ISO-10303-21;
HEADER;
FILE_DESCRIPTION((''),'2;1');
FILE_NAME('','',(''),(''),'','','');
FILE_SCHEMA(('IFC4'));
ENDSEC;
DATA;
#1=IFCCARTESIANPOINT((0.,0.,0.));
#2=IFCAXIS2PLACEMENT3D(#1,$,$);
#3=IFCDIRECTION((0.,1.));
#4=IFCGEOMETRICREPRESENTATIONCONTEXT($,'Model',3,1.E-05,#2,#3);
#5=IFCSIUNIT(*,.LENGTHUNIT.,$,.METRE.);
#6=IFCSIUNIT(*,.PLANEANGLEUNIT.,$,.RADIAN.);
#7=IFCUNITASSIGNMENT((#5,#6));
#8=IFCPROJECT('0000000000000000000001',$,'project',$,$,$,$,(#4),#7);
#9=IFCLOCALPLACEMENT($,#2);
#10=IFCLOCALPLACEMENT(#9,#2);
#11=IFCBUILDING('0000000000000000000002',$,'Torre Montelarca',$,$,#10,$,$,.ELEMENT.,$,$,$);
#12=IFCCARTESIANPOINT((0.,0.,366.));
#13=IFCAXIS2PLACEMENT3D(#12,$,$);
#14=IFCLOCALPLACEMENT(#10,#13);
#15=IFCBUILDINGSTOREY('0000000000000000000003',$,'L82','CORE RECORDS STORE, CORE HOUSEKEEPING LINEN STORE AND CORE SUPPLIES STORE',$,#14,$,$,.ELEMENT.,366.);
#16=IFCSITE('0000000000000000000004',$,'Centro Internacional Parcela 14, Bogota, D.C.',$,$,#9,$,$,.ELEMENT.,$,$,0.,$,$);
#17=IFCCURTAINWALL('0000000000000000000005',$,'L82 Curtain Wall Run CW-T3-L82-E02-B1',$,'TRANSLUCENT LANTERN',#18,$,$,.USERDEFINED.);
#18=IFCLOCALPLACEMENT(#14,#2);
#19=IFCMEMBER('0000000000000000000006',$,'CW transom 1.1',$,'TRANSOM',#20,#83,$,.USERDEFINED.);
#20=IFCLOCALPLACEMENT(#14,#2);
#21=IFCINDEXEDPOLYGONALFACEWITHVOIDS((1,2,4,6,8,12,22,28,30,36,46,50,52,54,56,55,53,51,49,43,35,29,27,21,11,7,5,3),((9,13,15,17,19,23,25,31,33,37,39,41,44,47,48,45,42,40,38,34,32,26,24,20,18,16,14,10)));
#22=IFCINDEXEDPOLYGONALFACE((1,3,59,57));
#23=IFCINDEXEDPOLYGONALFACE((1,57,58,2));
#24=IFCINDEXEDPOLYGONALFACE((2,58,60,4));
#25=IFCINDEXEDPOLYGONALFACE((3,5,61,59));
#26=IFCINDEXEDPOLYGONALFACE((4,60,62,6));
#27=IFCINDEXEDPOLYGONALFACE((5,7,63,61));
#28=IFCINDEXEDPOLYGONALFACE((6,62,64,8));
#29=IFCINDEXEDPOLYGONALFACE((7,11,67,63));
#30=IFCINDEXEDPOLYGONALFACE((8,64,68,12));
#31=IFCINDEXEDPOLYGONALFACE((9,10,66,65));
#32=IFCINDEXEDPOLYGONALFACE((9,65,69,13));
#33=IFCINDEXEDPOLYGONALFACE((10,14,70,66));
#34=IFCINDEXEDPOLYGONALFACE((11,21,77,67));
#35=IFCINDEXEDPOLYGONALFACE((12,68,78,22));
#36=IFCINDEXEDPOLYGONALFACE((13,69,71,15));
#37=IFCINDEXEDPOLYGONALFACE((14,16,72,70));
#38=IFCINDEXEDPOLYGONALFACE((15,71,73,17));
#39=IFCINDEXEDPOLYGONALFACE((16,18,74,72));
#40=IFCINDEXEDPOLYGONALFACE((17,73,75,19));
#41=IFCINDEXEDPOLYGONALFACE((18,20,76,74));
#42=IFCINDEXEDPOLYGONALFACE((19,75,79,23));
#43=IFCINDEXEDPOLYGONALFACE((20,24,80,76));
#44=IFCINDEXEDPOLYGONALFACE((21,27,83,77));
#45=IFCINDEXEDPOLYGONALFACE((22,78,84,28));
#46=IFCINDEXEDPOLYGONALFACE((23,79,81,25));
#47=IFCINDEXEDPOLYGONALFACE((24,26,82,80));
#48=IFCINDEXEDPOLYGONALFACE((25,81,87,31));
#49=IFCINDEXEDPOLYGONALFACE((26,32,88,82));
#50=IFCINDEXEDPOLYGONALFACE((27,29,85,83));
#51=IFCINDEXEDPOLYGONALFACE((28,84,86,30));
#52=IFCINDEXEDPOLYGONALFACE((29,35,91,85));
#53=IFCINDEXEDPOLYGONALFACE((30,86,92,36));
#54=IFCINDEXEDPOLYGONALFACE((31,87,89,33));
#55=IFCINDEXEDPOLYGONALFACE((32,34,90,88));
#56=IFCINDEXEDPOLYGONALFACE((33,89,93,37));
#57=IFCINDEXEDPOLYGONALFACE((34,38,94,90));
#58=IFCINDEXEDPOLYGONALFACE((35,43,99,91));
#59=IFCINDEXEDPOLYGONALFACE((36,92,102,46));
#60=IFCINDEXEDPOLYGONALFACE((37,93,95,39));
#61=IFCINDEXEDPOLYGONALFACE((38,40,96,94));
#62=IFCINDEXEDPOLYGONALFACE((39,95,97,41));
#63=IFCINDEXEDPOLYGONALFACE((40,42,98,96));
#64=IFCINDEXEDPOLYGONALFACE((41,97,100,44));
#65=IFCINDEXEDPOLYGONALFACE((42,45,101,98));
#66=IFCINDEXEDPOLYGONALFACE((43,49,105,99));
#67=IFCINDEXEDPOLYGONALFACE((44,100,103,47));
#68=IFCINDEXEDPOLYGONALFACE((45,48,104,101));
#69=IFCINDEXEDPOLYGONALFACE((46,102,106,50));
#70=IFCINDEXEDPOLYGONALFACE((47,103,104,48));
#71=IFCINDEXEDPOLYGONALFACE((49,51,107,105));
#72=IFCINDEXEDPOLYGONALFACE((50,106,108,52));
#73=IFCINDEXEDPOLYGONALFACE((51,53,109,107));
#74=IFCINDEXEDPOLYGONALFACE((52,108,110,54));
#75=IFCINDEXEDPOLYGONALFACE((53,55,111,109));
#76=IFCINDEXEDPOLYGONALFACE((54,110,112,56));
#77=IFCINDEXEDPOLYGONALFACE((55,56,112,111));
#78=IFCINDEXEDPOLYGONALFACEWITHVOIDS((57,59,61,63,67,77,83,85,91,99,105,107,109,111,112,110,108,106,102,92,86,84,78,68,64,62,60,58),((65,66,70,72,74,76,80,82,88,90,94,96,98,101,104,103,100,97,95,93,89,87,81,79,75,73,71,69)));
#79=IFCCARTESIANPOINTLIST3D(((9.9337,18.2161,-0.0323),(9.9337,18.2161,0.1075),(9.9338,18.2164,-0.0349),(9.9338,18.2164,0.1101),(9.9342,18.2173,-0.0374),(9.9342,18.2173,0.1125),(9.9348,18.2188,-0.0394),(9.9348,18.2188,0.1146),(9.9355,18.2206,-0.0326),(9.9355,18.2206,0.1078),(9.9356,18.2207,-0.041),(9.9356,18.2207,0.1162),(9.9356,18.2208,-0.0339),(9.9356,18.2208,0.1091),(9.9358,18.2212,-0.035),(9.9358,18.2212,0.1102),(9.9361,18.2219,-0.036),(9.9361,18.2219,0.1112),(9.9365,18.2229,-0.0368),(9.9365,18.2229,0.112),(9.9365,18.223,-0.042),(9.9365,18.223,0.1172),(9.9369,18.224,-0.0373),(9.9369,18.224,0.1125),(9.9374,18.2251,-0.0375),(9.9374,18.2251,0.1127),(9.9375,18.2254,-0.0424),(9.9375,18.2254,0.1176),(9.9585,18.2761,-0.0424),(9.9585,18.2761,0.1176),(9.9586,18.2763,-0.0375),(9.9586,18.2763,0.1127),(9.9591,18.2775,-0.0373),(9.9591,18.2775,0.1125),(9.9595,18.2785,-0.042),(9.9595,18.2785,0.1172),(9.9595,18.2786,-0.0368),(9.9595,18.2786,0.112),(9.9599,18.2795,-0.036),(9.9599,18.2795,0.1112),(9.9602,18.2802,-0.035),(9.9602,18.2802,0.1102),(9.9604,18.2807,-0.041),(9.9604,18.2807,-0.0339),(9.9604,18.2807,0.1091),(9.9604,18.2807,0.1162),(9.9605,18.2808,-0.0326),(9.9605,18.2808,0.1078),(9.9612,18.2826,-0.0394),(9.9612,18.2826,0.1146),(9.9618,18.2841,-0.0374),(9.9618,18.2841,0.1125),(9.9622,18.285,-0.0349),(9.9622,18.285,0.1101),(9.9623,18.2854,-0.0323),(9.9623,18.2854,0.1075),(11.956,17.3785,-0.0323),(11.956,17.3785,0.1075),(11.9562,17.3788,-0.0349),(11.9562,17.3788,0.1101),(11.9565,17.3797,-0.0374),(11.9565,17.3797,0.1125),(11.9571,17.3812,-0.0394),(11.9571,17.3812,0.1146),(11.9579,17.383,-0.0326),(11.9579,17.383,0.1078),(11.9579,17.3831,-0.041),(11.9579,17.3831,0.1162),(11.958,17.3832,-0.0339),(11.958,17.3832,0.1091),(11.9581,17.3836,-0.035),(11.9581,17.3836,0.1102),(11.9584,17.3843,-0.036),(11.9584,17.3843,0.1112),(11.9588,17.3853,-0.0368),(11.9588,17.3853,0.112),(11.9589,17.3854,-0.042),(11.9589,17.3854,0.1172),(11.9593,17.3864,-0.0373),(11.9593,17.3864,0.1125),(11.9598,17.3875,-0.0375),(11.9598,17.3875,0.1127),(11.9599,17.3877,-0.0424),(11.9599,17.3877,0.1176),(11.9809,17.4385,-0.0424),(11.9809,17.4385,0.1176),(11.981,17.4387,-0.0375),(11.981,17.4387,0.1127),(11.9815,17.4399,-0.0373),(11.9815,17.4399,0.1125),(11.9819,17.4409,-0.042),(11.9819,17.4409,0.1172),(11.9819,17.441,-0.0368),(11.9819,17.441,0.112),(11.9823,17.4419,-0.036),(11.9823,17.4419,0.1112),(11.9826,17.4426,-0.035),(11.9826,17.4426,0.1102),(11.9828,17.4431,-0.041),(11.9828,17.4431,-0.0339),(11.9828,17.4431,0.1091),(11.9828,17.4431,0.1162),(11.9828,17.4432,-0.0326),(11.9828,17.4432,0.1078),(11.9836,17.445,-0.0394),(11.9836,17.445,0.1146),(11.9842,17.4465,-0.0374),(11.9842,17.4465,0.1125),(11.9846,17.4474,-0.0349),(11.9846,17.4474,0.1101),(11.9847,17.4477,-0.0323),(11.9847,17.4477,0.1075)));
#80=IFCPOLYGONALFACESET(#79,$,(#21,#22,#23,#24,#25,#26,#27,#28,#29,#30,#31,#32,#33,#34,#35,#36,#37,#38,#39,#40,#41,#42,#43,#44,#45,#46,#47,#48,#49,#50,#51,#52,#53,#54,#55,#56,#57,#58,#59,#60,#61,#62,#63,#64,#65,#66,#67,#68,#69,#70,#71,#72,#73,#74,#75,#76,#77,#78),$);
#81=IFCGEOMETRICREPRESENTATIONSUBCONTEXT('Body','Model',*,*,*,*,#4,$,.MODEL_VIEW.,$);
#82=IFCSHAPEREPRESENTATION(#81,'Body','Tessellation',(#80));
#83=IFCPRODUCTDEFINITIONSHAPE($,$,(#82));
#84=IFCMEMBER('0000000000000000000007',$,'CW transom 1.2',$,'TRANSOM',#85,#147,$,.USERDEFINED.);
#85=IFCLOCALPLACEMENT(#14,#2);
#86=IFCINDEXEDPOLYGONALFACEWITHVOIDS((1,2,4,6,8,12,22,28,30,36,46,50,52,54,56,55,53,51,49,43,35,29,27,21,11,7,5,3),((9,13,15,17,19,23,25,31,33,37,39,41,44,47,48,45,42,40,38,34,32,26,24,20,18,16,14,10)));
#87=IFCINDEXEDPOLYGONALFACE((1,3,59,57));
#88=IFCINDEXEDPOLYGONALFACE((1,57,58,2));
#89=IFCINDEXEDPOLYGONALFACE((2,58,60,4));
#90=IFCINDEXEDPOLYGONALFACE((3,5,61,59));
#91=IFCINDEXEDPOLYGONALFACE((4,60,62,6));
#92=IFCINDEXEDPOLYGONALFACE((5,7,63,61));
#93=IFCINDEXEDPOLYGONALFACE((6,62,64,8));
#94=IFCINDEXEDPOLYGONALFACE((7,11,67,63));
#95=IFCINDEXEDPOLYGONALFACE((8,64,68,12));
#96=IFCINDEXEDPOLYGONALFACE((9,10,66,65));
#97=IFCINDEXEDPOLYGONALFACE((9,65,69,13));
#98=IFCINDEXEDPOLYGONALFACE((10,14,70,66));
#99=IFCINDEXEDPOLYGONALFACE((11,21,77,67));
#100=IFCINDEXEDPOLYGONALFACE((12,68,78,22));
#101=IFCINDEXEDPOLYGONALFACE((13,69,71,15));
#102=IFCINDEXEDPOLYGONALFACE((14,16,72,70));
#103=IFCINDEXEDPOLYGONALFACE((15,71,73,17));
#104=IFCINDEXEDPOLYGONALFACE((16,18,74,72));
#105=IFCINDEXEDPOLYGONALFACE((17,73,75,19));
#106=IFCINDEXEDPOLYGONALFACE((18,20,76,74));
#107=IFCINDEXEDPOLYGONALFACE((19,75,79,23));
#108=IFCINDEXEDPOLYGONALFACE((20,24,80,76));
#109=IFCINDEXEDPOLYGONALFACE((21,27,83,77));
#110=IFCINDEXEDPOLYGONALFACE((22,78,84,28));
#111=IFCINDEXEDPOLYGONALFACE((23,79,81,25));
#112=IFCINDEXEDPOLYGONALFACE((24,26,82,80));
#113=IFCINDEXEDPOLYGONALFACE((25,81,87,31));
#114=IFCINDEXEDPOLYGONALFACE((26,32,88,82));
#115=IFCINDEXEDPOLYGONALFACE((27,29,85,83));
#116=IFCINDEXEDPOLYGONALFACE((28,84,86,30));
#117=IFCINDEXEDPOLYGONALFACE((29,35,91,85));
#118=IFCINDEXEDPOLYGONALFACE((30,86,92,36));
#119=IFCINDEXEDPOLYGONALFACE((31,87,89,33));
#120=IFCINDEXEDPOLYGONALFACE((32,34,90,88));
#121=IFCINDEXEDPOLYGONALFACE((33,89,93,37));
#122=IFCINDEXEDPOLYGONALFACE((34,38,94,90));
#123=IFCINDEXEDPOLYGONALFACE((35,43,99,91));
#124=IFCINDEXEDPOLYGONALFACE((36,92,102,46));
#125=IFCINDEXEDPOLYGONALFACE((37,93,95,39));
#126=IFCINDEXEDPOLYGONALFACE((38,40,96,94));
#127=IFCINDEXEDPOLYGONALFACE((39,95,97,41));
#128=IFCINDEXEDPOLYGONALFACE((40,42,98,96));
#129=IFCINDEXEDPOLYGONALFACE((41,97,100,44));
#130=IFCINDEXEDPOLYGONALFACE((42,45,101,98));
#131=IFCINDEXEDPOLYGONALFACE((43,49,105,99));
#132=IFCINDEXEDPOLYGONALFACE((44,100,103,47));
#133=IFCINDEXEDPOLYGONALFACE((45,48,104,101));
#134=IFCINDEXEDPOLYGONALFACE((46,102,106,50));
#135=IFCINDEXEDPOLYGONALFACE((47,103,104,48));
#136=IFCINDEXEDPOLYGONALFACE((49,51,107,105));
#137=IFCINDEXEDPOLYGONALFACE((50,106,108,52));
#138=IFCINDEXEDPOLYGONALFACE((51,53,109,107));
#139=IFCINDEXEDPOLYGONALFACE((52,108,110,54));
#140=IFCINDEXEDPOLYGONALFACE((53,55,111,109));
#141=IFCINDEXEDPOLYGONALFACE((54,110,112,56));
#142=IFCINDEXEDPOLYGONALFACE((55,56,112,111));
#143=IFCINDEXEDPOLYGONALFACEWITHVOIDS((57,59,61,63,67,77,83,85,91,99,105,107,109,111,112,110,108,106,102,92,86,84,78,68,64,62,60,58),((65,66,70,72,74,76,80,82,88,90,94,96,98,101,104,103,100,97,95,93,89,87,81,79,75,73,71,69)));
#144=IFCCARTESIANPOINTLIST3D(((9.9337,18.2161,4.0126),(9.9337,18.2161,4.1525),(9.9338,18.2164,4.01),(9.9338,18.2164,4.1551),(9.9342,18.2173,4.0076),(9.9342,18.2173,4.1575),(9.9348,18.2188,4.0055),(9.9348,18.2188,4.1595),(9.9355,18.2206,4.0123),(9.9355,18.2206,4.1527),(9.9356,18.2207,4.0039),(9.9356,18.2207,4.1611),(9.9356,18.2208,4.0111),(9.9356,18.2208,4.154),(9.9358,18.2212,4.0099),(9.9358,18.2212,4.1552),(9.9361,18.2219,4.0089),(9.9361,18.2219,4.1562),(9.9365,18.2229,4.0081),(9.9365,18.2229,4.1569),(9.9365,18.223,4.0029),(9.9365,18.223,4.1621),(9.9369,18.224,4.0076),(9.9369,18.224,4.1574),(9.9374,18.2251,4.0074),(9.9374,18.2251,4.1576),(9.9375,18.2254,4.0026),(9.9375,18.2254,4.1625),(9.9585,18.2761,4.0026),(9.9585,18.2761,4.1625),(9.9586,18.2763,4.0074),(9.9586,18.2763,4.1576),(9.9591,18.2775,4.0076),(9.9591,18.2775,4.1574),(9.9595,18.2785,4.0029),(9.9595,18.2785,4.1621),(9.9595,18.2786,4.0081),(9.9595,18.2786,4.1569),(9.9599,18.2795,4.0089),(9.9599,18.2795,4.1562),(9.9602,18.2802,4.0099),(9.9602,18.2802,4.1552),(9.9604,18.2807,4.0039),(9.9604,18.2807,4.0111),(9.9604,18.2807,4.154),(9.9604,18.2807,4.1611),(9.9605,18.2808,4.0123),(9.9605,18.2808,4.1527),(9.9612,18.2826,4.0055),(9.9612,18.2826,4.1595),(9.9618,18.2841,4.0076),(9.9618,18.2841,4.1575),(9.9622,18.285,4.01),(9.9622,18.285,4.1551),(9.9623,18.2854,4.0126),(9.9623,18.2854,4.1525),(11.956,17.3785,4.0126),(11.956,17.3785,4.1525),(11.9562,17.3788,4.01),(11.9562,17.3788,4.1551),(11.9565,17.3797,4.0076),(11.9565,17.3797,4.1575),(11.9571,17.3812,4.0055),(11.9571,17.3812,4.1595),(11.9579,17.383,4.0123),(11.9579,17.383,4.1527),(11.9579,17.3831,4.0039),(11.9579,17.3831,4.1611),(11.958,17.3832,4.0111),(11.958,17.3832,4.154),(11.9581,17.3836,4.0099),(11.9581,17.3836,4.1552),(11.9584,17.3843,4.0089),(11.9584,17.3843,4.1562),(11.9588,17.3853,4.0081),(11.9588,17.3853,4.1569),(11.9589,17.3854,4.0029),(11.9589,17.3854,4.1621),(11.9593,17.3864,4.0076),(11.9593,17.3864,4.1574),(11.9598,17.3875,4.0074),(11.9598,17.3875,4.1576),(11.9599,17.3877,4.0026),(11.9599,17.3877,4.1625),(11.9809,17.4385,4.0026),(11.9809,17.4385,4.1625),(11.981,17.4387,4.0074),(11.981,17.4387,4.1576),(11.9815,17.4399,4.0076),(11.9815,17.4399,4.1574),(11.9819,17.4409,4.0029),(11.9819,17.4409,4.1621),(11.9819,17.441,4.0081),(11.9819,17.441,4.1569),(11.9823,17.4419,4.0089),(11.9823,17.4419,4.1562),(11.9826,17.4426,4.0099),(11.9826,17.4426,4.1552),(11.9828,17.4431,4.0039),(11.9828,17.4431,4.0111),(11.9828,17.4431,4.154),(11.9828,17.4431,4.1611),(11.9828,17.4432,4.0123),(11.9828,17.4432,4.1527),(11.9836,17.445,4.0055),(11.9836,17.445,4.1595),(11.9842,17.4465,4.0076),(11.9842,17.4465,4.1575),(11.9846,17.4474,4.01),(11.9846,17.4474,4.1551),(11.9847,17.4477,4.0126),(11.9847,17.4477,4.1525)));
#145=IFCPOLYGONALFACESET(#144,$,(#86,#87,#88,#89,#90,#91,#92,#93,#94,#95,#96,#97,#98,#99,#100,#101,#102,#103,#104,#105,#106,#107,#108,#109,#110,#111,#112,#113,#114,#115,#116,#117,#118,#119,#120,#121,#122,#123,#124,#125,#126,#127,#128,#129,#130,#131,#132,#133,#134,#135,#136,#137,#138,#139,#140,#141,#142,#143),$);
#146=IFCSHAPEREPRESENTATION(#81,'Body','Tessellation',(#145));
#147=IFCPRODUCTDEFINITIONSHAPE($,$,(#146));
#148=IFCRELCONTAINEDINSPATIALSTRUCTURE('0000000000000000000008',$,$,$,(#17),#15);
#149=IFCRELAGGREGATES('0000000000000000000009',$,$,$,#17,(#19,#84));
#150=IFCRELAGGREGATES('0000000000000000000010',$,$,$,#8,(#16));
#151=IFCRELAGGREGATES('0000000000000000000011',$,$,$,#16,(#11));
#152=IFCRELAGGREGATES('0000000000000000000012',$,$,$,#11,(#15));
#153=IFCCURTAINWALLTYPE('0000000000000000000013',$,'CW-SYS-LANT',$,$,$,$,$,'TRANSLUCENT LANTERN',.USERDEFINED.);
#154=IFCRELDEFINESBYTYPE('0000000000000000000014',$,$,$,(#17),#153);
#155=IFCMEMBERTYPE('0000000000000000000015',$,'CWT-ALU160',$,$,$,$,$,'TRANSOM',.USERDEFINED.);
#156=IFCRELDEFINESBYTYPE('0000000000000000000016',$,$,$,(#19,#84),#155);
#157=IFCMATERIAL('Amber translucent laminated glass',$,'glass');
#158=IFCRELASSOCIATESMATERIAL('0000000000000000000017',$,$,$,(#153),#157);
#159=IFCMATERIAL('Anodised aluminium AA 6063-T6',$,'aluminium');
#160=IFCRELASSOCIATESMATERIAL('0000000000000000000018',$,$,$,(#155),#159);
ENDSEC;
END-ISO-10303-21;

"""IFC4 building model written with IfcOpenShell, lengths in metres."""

from ifc_helpers import new_model, si_unit, direction, frame, origin, origin_2d, place, context, subcontext, project, spatial, hollow_rectangle, extrude, source, transform, mapped, material, material_profile, profile_set, type_object, element, aggregate, save


model = new_model("IFC4")

# Units and contexts
model_context = context("Model", 3, precision=1e-05, world=origin(), true_north=direction((0.0, 1.0)))
body_context = subcontext(model_context, "Body", "Model", "MODEL_VIEW")
ifc_project = project(units=[si_unit("LENGTHUNIT", "METRE"), si_unit("PLANEANGLEUNIT", "RADIAN")], contexts=[model_context])

# Site, building, storey
site_placement = place(None, origin())
site = spatial("IfcSite", under=ifc_project, at=site_placement, Name="Centro Internacional Parcela 14, Bogota, D.C.", CompositionType="ELEMENT", RefElevation=0.0)
building_placement = place(site_placement, origin())
building = spatial("IfcBuilding", under=site, at=building_placement, Name="Torre Montelarca", CompositionType="ELEMENT")
storey_placement = place(building_placement, frame((0.0, 0.0, 366.0)))
storey = spatial("IfcBuildingStorey", under=building, at=storey_placement, Name="L82", Description="CORE RECORDS STORE, CORE HOUSEKEEPING LINEN STORE AND CORE SUPPLIES STORE", CompositionType="ELEMENT", Elevation=366.0)

# Curtain wall, members
ifc_material_1 = material(Name="Amber translucent laminated glass", Category="glass")
curtain_wall_type = type_object("IfcCurtainWallType", Name="CW-SYS-LANT", ElementType="TRANSLUCENT LANTERN", PredefinedType="USERDEFINED", material=ifc_material_1)
curtain_wall_placement = place(storey_placement, origin())
curtain_wall = element("IfcCurtainWall", 1, at=curtain_wall_placement, inside=storey, type_object=curtain_wall_type, Name="L82 Curtain Wall Run CW-T3-L82-E02-B1", ObjectType="TRANSLUCENT LANTERN", PredefinedType="USERDEFINED")
ifc_material_2 = material(Name="Anodised aluminium AA 6063-T6", Category="aluminium")
ifc_material_profile_1 = material_profile(ifc_material_2, hollow_rectangle(XDim=0.075, YDim=0.1599, WallThickness=0.0049, InnerFilletRadius=0.0049, OuterFilletRadius=0.01, at=origin_2d()), Name="ALU75X160X5", Category="aluminium")
ifc_profile_set_1 = profile_set([ifc_material_profile_1], Name="Anodised aluminium AA 6063-T6")
member_type_1 = type_object("IfcMemberType", Name="CWT-ALU160", ElementType="TRANSOM", PredefinedType="USERDEFINED", material=ifc_profile_set_1)
shared_shape_1 = source(origin(), body_context, "Body", "SweptSolid", [
    extrude(hollow_rectangle(XDim=0.075, YDim=0.1599, WallThickness=0.0049, InnerFilletRadius=0.0049, OuterFilletRadius=0.01, at=origin_2d()), origin(), (0.0, 0.0, 1.0), 2.189),
])
member_1_placement = place(storey_placement, frame((9.948, 18.2507, 0.0376), z_axis=(0.923893, -0.382651, 0.0), x_axis=(0.382651, 0.923893, 0.0)))
member_1 = element("IfcMember", 2, at=member_1_placement, type_object=member_type_1, Name="CW transom 1.1", ObjectType="TRANSOM", PredefinedType="USERDEFINED", context=body_context, shape_type="MappedRepresentation", body=[
    mapped(shared_shape_1, transform((0.0, 0.0, 0.0), scale=1.0)),
])
member_2_placement = place(storey_placement, frame((9.948, 18.2507, 4.0825), z_axis=(0.923893, -0.382651, 0.0), x_axis=(0.382651, 0.923893, 0.0)))
member_2 = element("IfcMember", 3, at=member_2_placement, type_object=member_type_1, Name="CW transom 1.2", ObjectType="TRANSOM", PredefinedType="USERDEFINED", context=body_context, shape_type="MappedRepresentation", body=[
    mapped(shared_shape_1, transform((0.0, 0.0, 0.0), scale=1.0)),
])

aggregate(curtain_wall, [member_1, member_2])

save(model, "model.ifc")
